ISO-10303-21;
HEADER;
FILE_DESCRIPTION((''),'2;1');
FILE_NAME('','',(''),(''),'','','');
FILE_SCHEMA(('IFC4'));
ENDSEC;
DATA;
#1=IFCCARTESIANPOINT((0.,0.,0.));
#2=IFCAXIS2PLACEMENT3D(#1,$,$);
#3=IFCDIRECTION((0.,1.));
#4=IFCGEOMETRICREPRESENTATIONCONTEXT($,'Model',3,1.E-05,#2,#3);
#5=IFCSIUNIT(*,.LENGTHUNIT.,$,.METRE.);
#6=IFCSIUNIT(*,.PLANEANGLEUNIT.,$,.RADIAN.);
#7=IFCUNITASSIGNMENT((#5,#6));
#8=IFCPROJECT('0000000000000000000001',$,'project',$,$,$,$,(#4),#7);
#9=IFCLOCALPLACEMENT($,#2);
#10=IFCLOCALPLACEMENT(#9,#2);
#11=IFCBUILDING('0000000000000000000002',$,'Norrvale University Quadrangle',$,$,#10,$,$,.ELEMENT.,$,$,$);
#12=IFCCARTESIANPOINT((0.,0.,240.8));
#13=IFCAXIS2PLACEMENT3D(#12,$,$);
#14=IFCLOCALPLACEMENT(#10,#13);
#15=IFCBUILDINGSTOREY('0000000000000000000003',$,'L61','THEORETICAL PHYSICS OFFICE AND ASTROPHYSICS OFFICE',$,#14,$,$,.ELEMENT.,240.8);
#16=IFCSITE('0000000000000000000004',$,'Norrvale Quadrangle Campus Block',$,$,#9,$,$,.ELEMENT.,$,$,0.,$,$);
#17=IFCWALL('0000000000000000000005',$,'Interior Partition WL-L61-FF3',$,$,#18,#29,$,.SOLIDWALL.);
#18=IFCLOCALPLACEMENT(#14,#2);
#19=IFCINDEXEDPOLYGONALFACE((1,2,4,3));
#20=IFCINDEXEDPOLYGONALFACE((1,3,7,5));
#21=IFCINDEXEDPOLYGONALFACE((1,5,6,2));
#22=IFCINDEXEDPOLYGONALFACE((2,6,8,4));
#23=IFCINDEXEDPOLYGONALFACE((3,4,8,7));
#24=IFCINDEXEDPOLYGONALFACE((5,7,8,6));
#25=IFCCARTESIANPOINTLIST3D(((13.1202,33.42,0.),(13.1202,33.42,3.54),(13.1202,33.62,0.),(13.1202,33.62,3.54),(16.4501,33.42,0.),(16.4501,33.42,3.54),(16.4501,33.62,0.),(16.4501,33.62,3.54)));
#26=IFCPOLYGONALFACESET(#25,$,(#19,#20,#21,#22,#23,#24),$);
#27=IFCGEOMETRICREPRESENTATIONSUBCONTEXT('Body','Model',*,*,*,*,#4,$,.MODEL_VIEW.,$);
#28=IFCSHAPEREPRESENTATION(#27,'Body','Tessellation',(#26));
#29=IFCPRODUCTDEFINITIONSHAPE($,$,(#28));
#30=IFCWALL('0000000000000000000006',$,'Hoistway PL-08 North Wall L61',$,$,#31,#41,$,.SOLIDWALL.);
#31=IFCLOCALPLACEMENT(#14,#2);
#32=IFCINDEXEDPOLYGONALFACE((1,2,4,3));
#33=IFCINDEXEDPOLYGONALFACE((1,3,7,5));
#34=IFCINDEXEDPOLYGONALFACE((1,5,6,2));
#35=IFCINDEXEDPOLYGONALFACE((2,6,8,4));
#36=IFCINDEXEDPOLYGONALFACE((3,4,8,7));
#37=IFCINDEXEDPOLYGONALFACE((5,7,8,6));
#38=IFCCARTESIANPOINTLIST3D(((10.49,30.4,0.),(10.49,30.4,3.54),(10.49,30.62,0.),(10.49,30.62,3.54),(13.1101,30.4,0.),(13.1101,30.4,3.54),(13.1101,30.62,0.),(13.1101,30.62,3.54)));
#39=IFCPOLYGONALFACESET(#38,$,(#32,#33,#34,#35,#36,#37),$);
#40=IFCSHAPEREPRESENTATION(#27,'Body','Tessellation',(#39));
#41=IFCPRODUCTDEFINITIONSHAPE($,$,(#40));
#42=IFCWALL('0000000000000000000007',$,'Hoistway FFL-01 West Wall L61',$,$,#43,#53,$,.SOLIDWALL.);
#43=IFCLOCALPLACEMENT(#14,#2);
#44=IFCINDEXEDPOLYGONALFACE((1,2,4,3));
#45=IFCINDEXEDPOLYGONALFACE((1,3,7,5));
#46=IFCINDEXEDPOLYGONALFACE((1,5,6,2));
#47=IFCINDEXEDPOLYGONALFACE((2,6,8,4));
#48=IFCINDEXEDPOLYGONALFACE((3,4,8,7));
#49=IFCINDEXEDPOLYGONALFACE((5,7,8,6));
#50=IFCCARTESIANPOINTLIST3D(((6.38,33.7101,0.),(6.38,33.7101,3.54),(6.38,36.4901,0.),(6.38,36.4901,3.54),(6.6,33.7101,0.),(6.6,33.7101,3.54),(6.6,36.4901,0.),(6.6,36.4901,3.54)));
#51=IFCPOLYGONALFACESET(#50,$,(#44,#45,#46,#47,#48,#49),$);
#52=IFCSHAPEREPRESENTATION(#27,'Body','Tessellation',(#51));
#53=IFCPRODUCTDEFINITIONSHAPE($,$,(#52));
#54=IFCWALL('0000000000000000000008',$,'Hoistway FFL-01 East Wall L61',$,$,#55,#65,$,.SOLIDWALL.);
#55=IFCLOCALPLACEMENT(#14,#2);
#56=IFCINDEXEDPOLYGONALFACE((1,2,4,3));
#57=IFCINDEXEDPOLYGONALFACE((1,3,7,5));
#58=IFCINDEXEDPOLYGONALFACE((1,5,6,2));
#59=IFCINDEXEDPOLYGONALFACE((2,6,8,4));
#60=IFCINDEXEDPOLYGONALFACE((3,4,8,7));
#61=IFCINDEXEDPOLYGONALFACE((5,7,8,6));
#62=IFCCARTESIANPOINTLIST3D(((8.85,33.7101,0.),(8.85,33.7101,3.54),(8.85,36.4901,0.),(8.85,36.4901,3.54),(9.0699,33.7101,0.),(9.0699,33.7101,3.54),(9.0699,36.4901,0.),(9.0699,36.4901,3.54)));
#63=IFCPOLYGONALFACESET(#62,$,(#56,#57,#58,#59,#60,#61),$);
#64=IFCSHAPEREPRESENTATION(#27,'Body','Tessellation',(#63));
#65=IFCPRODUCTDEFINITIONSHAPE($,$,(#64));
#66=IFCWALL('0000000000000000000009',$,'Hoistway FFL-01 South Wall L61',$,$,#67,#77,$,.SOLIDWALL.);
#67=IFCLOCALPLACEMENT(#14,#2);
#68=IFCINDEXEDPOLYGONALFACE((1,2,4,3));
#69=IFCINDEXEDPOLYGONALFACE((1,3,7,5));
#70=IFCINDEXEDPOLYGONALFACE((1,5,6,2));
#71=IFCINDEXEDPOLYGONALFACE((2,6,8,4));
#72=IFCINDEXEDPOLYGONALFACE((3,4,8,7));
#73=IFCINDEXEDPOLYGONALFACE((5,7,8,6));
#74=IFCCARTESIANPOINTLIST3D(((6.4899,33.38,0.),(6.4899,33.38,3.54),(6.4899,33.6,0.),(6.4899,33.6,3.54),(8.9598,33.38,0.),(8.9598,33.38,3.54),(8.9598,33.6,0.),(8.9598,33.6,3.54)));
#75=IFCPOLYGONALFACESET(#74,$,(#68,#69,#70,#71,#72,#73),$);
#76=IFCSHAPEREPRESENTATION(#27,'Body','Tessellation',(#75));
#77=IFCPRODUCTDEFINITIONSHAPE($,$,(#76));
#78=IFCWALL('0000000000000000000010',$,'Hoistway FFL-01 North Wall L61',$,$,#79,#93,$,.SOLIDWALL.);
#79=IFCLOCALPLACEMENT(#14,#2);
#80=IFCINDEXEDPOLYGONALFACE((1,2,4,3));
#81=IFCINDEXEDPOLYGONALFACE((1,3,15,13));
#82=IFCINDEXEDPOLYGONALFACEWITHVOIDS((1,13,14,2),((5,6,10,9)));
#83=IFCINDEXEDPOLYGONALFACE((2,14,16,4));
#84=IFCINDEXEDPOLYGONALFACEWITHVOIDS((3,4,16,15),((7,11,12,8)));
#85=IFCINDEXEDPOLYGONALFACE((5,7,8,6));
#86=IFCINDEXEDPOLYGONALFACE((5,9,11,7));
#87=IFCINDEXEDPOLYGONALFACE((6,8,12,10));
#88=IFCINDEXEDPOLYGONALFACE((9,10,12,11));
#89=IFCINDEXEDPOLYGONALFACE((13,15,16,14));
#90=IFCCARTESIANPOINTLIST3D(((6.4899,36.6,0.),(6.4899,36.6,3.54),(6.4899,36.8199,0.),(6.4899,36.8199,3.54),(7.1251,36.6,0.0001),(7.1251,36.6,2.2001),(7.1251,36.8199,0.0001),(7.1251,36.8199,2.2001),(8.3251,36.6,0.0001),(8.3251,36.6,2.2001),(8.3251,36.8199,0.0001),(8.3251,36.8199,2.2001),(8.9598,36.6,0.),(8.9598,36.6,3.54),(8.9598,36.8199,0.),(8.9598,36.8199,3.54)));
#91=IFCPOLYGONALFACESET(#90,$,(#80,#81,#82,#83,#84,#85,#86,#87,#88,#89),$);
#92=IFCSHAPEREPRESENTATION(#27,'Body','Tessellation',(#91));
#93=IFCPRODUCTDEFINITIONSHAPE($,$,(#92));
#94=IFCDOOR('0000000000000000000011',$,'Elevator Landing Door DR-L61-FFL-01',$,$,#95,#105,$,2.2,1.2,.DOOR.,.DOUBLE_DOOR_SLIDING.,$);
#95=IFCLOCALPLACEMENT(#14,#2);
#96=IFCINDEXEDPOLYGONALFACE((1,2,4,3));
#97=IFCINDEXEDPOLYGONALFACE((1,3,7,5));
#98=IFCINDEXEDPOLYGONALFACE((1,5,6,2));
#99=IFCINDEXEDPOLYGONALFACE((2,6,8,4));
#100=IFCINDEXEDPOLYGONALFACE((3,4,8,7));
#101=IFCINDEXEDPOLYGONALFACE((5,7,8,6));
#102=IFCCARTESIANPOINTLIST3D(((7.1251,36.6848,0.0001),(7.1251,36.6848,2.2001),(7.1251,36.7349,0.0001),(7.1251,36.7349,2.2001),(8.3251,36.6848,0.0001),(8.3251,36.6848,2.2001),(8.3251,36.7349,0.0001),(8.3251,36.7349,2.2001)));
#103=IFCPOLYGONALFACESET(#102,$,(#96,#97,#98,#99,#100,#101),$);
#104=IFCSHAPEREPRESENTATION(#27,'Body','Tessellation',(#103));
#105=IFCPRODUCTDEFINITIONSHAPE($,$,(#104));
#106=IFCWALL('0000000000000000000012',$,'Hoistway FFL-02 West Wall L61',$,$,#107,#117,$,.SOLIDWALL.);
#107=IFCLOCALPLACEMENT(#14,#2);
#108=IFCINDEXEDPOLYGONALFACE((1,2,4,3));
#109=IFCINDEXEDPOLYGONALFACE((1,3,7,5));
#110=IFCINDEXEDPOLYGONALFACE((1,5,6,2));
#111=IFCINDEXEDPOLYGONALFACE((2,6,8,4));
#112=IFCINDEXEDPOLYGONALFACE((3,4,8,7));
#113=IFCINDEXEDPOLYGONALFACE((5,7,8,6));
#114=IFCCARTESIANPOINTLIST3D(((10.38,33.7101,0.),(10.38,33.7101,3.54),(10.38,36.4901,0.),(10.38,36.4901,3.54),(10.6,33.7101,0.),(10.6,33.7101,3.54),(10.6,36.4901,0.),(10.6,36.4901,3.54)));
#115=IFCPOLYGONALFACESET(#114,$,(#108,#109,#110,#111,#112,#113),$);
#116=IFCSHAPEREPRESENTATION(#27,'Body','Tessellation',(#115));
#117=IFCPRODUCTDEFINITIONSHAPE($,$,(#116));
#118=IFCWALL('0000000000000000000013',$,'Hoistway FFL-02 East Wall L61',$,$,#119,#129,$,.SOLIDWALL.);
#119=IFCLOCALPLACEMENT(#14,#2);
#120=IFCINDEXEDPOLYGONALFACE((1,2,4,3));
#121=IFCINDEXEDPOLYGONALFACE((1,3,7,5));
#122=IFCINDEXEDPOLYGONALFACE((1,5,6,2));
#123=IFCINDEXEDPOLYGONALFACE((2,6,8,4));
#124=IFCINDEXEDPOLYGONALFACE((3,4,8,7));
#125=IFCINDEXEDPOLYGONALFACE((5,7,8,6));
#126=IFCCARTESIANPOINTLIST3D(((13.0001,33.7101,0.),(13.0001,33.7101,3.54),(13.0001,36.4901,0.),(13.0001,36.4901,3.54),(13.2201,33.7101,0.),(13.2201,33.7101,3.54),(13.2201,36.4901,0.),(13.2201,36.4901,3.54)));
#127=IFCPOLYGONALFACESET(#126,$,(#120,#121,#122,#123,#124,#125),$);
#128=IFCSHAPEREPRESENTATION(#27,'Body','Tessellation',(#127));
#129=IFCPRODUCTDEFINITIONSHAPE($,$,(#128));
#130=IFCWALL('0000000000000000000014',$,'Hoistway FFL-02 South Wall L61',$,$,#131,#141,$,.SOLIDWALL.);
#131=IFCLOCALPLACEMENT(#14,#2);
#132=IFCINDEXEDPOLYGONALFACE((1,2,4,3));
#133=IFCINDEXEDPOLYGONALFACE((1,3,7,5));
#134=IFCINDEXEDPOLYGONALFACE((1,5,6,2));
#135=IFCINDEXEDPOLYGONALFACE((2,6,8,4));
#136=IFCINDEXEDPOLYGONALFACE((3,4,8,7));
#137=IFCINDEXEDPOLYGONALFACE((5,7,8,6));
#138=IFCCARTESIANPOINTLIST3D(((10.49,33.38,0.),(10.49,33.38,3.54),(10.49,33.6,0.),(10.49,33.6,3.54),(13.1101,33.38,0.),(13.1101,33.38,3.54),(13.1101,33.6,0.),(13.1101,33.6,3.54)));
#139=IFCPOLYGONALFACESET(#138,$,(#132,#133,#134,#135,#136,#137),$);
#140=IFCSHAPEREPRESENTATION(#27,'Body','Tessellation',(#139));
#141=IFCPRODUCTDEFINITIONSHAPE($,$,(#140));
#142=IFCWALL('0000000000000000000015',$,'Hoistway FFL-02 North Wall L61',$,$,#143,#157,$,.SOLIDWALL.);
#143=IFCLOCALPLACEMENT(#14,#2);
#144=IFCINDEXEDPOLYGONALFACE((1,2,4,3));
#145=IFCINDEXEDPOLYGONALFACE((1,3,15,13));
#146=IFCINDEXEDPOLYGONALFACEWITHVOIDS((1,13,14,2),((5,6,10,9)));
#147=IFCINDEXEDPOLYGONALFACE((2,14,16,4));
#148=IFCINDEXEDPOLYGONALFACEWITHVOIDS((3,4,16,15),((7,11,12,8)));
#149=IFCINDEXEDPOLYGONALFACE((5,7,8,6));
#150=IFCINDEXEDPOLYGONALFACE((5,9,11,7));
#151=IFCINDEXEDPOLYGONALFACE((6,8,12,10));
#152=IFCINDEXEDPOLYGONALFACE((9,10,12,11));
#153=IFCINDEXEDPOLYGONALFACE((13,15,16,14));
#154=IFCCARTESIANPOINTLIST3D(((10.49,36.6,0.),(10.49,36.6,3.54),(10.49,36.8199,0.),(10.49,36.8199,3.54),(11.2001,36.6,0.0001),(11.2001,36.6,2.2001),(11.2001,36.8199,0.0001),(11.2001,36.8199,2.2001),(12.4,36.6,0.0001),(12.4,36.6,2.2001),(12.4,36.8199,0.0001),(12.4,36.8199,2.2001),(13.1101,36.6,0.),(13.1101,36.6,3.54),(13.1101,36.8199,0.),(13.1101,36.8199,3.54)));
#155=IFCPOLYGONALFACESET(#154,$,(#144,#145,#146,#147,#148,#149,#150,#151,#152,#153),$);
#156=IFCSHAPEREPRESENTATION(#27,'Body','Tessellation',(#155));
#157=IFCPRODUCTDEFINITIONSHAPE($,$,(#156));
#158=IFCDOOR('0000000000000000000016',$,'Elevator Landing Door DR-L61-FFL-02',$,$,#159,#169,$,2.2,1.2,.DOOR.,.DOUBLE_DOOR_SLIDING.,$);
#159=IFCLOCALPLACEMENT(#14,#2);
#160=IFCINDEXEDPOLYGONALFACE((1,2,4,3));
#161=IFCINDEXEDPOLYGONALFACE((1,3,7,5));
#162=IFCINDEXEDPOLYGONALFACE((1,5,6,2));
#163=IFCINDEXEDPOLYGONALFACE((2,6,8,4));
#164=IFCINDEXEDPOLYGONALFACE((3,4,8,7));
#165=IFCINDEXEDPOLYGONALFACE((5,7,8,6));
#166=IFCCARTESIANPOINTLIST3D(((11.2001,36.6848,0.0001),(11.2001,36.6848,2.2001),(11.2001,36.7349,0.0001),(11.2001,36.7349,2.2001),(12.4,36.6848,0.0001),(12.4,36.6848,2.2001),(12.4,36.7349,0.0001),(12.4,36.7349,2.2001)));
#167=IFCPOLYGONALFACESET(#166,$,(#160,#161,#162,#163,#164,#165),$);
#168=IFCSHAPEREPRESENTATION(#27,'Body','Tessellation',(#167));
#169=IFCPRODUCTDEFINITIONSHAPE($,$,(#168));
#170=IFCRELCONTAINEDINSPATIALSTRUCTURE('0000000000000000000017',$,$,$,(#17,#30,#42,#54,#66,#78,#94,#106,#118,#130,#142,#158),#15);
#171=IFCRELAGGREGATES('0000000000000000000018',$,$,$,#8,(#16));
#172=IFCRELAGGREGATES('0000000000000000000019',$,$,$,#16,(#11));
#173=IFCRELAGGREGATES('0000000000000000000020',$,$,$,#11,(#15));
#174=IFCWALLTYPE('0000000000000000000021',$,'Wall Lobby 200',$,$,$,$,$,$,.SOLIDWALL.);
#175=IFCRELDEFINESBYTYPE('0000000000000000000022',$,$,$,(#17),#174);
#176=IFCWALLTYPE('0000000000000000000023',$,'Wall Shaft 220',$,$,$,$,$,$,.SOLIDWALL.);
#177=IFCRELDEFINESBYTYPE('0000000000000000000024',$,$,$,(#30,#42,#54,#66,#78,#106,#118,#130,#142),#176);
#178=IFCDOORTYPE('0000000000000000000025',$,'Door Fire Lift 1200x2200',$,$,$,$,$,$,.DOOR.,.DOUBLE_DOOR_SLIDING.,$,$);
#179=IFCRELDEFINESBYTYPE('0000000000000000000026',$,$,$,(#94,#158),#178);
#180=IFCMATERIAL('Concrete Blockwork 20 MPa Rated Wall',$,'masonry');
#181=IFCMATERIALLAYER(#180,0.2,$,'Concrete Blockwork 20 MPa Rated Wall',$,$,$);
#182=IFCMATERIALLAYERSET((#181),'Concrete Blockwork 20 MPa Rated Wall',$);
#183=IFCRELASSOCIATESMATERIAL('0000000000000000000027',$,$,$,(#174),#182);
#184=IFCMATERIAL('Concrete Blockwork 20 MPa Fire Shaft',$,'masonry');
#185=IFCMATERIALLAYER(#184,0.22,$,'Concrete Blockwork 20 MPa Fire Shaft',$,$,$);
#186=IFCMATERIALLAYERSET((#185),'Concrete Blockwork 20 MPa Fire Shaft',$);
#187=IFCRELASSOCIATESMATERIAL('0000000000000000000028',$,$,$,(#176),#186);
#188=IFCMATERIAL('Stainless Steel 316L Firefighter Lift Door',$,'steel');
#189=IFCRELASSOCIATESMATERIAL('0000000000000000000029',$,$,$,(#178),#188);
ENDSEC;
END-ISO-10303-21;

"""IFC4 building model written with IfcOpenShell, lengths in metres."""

from ifc_helpers import new_model, si_unit, direction, frame, frame_2d, origin, place, context, subcontext, project, spatial, rectangle, extrude, material, layer, layer_set, type_object, element, fill, save


model = new_model("IFC4")

# Units and contexts
model_context = context("Model", 3, precision=1e-05, world=origin(), true_north=direction((0.0, 1.0)))
body_context = subcontext(model_context, "Body", "Model", "MODEL_VIEW")
ifc_project = project(units=[si_unit("LENGTHUNIT", "METRE"), si_unit("PLANEANGLEUNIT", "RADIAN")], contexts=[model_context])

# Site, building, storey
site_placement = place(None, origin())
site = spatial("IfcSite", under=ifc_project, at=site_placement, Name="Norrvale Quadrangle Campus Block", CompositionType="ELEMENT", RefElevation=0.0)
building_placement = place(site_placement, origin())
building = spatial("IfcBuilding", under=site, at=building_placement, Name="Norrvale University Quadrangle", CompositionType="ELEMENT")
storey_placement = place(building_placement, frame((0.0, 0.0, 240.8)))
storey = spatial("IfcBuildingStorey", under=building, at=storey_placement, Name="L61", Description="THEORETICAL PHYSICS OFFICE AND ASTROPHYSICS OFFICE", CompositionType="ELEMENT", Elevation=240.8)

# Walls
ifc_material_1 = material(Name="Concrete Blockwork 20 MPa Rated Wall", Category="masonry")
ifc_layer_1 = layer(ifc_material_1, 0.2, Name="Concrete Blockwork 20 MPa Rated Wall")
ifc_layer_set_1 = layer_set([ifc_layer_1], Name="Concrete Blockwork 20 MPa Rated Wall")
wall_type_1 = type_object("IfcWallType", Name="Wall Lobby 200", PredefinedType="SOLIDWALL", material=ifc_layer_set_1)
wall_1_placement = place(storey_placement, frame((13.1201, 33.52, 0.0), z_axis=(0.0, 0.0, 1.0), x_axis=(1.0, 0.0, 0.0)))
element("IfcWall", 1, at=wall_1_placement, inside=storey, type_object=wall_type_1, Name="Interior Partition WL-L61-FF3", PredefinedType="SOLIDWALL", context=body_context, shape_type="SweptSolid", body=[
    extrude(rectangle(XDim=3.3298, YDim=0.2, at=frame_2d((1.665, 0.0))), origin(), (0.0, 0.0, 1.0), 3.54),
])
ifc_material_2 = material(Name="Concrete Blockwork 20 MPa Fire Shaft", Category="masonry")
ifc_layer_2 = layer(ifc_material_2, 0.22, Name="Concrete Blockwork 20 MPa Fire Shaft")
ifc_layer_set_2 = layer_set([ifc_layer_2], Name="Concrete Blockwork 20 MPa Fire Shaft")
wall_type_2 = type_object("IfcWallType", Name="Wall Shaft 220", PredefinedType="SOLIDWALL", material=ifc_layer_set_2)
wall_2_placement = place(storey_placement, frame((10.49, 30.51, 0.0), z_axis=(0.0, 0.0, 1.0), x_axis=(1.0, 0.0, 0.0)))
element("IfcWall", 2, at=wall_2_placement, inside=storey, type_object=wall_type_2, Name="Hoistway PL-08 North Wall L61", PredefinedType="SOLIDWALL", context=body_context, shape_type="SweptSolid", body=[
    extrude(rectangle(XDim=2.6201, YDim=0.22, at=frame_2d((1.3101, 0.0))), origin(), (0.0, 0.0, 1.0), 3.54),
])
for number, where, z_axis, x_axis, name in (
    (3, (6.49, 33.71, 0.0), (0.0, 0.0, 1.0), (0.0, 1.0, 0.0), "Hoistway FFL-01 West Wall L61"),
    (4, (8.96, 33.71, 0.0), (0.0, 0.0, 1.0), (0.0, 1.0, 0.0), "Hoistway FFL-01 East Wall L61"),
):
    element("IfcWall", number, at=place(storey_placement, frame(where, z_axis=z_axis, x_axis=x_axis)), inside=storey, type_object=wall_type_2, Name=name, PredefinedType="SOLIDWALL", context=body_context, shape_type="SweptSolid", body=[
        extrude(rectangle(XDim=2.78, YDim=0.22, at=frame_2d((1.3901, 0.0))), origin(), (0.0, 0.0, 1.0), 3.54),
    ])
wall_3_placement = place(storey_placement, frame((6.49, 33.49, 0.0), z_axis=(0.0, 0.0, 1.0), x_axis=(1.0, 0.0, 0.0)))
element("IfcWall", 5, at=wall_3_placement, inside=storey, type_object=wall_type_2, Name="Hoistway FFL-01 South Wall L61", PredefinedType="SOLIDWALL", context=body_context, shape_type="SweptSolid", body=[
    extrude(rectangle(XDim=2.47, YDim=0.22, at=frame_2d((1.2349, 0.0))), origin(), (0.0, 0.0, 1.0), 3.54),
])

# Wall, opening, door
wall_4_placement = place(storey_placement, frame((6.49, 36.71, 0.0), z_axis=(0.0, 0.0, 1.0), x_axis=(1.0, 0.0, 0.0)))
wall_4 = element("IfcWall", 6, at=wall_4_placement, inside=storey, type_object=wall_type_2, Name="Hoistway FFL-01 North Wall L61", PredefinedType="SOLIDWALL", context=body_context, shape_type="SweptSolid", body=[
    extrude(rectangle(XDim=2.47, YDim=0.22, at=frame_2d((1.2349, 0.0))), origin(), (0.0, 0.0, 1.0), 3.54),
])
opening_1_placement = place(wall_4_placement, frame((0.635, 0.0, 0.0)))
opening_1 = element("IfcOpeningElement", 7, at=opening_1_placement, cuts=wall_4, PredefinedType="OPENING", context=body_context, shape_type="SweptSolid", body=[
    extrude(rectangle(XDim=1.2, YDim=2.2, at=frame_2d((0.6001, 1.1001))), frame((0.0, 0.1221, 0.0), z_axis=(0.0, -1.0, 0.0), x_axis=(1.0, 0.0, 0.0)), (0.0, 0.0, 1.0), 0.2439),
])
ifc_material_3 = material(Name="Stainless Steel 316L Firefighter Lift Door", Category="steel")
door_type_1 = type_object("IfcDoorType", Name="Door Fire Lift 1200x2200", OperationType="DOUBLE_DOOR_SLIDING", PredefinedType="DOOR", material=ifc_material_3)
door_1_placement = place(opening_1_placement, origin())
door_1 = element("IfcDoor", 8, at=door_1_placement, inside=storey, type_object=door_type_1, Name="Elevator Landing Door DR-L61-FFL-01", OperationType="DOUBLE_DOOR_SLIDING", OverallHeight=2.2, OverallWidth=1.2, PredefinedType="DOOR", context=body_context, shape_type="SweptSolid", body=[
    extrude(rectangle(XDim=1.2, YDim=2.2, at=frame_2d((0.6001, 1.1001))), frame((0.0, 0.0249, 0.0), z_axis=(0.0, -1.0, 0.0), x_axis=(1.0, 0.0, 0.0)), (0.0, 0.0, 1.0), 0.05),
])
fill(opening_1, door_1)

# Walls
for number, where, z_axis, x_axis, name in (
    (9, (10.49, 33.71, 0.0), (0.0, 0.0, 1.0), (0.0, 1.0, 0.0), "Hoistway FFL-02 West Wall L61"),
    (10, (13.1101, 33.71, 0.0), (0.0, 0.0, 1.0), (0.0, 1.0, 0.0), "Hoistway FFL-02 East Wall L61"),
):
    element("IfcWall", number, at=place(storey_placement, frame(where, z_axis=z_axis, x_axis=x_axis)), inside=storey, type_object=wall_type_2, Name=name, PredefinedType="SOLIDWALL", context=body_context, shape_type="SweptSolid", body=[
        extrude(rectangle(XDim=2.78, YDim=0.22, at=frame_2d((1.3901, 0.0))), origin(), (0.0, 0.0, 1.0), 3.54),
    ])
wall_5_placement = place(storey_placement, frame((10.49, 33.49, 0.0), z_axis=(0.0, 0.0, 1.0), x_axis=(1.0, 0.0, 0.0)))
element("IfcWall", 11, at=wall_5_placement, inside=storey, type_object=wall_type_2, Name="Hoistway FFL-02 South Wall L61", PredefinedType="SOLIDWALL", context=body_context, shape_type="SweptSolid", body=[
    extrude(rectangle(XDim=2.6201, YDim=0.22, at=frame_2d((1.3101, 0.0))), origin(), (0.0, 0.0, 1.0), 3.54),
])

# Wall, opening, door
wall_6_placement = place(storey_placement, frame((10.49, 36.71, 0.0), z_axis=(0.0, 0.0, 1.0), x_axis=(1.0, 0.0, 0.0)))
wall_6 = element("IfcWall", 12, at=wall_6_placement, inside=storey, type_object=wall_type_2, Name="Hoistway FFL-02 North Wall L61", PredefinedType="SOLIDWALL", context=body_context, shape_type="SweptSolid", body=[
    extrude(rectangle(XDim=2.6201, YDim=0.22, at=frame_2d((1.3101, 0.0))), origin(), (0.0, 0.0, 1.0), 3.54),
])
opening_2_placement = place(wall_6_placement, frame((0.71, 0.0, 0.0)))
opening_2 = element("IfcOpeningElement", 13, at=opening_2_placement, cuts=wall_6, PredefinedType="OPENING", context=body_context, shape_type="SweptSolid", body=[
    extrude(rectangle(XDim=1.2, YDim=2.2, at=frame_2d((0.6001, 1.1001))), frame((0.0, 0.1221, 0.0), z_axis=(0.0, -1.0, 0.0), x_axis=(1.0, 0.0, 0.0)), (0.0, 0.0, 1.0), 0.2439),
])
door_2_placement = place(opening_2_placement, origin())
door_2 = element("IfcDoor", 14, at=door_2_placement, inside=storey, type_object=door_type_1, Name="Elevator Landing Door DR-L61-FFL-02", OperationType="DOUBLE_DOOR_SLIDING", OverallHeight=2.2, OverallWidth=1.2, PredefinedType="DOOR", context=body_context, shape_type="SweptSolid", body=[
    extrude(rectangle(XDim=1.2, YDim=2.2, at=frame_2d((0.6001, 1.1001))), frame((0.0, 0.0249, 0.0), z_axis=(0.0, -1.0, 0.0), x_axis=(1.0, 0.0, 0.0)), (0.0, 0.0, 1.0), 0.05),
])
fill(opening_2, door_2)

save(model, "model.ifc")
